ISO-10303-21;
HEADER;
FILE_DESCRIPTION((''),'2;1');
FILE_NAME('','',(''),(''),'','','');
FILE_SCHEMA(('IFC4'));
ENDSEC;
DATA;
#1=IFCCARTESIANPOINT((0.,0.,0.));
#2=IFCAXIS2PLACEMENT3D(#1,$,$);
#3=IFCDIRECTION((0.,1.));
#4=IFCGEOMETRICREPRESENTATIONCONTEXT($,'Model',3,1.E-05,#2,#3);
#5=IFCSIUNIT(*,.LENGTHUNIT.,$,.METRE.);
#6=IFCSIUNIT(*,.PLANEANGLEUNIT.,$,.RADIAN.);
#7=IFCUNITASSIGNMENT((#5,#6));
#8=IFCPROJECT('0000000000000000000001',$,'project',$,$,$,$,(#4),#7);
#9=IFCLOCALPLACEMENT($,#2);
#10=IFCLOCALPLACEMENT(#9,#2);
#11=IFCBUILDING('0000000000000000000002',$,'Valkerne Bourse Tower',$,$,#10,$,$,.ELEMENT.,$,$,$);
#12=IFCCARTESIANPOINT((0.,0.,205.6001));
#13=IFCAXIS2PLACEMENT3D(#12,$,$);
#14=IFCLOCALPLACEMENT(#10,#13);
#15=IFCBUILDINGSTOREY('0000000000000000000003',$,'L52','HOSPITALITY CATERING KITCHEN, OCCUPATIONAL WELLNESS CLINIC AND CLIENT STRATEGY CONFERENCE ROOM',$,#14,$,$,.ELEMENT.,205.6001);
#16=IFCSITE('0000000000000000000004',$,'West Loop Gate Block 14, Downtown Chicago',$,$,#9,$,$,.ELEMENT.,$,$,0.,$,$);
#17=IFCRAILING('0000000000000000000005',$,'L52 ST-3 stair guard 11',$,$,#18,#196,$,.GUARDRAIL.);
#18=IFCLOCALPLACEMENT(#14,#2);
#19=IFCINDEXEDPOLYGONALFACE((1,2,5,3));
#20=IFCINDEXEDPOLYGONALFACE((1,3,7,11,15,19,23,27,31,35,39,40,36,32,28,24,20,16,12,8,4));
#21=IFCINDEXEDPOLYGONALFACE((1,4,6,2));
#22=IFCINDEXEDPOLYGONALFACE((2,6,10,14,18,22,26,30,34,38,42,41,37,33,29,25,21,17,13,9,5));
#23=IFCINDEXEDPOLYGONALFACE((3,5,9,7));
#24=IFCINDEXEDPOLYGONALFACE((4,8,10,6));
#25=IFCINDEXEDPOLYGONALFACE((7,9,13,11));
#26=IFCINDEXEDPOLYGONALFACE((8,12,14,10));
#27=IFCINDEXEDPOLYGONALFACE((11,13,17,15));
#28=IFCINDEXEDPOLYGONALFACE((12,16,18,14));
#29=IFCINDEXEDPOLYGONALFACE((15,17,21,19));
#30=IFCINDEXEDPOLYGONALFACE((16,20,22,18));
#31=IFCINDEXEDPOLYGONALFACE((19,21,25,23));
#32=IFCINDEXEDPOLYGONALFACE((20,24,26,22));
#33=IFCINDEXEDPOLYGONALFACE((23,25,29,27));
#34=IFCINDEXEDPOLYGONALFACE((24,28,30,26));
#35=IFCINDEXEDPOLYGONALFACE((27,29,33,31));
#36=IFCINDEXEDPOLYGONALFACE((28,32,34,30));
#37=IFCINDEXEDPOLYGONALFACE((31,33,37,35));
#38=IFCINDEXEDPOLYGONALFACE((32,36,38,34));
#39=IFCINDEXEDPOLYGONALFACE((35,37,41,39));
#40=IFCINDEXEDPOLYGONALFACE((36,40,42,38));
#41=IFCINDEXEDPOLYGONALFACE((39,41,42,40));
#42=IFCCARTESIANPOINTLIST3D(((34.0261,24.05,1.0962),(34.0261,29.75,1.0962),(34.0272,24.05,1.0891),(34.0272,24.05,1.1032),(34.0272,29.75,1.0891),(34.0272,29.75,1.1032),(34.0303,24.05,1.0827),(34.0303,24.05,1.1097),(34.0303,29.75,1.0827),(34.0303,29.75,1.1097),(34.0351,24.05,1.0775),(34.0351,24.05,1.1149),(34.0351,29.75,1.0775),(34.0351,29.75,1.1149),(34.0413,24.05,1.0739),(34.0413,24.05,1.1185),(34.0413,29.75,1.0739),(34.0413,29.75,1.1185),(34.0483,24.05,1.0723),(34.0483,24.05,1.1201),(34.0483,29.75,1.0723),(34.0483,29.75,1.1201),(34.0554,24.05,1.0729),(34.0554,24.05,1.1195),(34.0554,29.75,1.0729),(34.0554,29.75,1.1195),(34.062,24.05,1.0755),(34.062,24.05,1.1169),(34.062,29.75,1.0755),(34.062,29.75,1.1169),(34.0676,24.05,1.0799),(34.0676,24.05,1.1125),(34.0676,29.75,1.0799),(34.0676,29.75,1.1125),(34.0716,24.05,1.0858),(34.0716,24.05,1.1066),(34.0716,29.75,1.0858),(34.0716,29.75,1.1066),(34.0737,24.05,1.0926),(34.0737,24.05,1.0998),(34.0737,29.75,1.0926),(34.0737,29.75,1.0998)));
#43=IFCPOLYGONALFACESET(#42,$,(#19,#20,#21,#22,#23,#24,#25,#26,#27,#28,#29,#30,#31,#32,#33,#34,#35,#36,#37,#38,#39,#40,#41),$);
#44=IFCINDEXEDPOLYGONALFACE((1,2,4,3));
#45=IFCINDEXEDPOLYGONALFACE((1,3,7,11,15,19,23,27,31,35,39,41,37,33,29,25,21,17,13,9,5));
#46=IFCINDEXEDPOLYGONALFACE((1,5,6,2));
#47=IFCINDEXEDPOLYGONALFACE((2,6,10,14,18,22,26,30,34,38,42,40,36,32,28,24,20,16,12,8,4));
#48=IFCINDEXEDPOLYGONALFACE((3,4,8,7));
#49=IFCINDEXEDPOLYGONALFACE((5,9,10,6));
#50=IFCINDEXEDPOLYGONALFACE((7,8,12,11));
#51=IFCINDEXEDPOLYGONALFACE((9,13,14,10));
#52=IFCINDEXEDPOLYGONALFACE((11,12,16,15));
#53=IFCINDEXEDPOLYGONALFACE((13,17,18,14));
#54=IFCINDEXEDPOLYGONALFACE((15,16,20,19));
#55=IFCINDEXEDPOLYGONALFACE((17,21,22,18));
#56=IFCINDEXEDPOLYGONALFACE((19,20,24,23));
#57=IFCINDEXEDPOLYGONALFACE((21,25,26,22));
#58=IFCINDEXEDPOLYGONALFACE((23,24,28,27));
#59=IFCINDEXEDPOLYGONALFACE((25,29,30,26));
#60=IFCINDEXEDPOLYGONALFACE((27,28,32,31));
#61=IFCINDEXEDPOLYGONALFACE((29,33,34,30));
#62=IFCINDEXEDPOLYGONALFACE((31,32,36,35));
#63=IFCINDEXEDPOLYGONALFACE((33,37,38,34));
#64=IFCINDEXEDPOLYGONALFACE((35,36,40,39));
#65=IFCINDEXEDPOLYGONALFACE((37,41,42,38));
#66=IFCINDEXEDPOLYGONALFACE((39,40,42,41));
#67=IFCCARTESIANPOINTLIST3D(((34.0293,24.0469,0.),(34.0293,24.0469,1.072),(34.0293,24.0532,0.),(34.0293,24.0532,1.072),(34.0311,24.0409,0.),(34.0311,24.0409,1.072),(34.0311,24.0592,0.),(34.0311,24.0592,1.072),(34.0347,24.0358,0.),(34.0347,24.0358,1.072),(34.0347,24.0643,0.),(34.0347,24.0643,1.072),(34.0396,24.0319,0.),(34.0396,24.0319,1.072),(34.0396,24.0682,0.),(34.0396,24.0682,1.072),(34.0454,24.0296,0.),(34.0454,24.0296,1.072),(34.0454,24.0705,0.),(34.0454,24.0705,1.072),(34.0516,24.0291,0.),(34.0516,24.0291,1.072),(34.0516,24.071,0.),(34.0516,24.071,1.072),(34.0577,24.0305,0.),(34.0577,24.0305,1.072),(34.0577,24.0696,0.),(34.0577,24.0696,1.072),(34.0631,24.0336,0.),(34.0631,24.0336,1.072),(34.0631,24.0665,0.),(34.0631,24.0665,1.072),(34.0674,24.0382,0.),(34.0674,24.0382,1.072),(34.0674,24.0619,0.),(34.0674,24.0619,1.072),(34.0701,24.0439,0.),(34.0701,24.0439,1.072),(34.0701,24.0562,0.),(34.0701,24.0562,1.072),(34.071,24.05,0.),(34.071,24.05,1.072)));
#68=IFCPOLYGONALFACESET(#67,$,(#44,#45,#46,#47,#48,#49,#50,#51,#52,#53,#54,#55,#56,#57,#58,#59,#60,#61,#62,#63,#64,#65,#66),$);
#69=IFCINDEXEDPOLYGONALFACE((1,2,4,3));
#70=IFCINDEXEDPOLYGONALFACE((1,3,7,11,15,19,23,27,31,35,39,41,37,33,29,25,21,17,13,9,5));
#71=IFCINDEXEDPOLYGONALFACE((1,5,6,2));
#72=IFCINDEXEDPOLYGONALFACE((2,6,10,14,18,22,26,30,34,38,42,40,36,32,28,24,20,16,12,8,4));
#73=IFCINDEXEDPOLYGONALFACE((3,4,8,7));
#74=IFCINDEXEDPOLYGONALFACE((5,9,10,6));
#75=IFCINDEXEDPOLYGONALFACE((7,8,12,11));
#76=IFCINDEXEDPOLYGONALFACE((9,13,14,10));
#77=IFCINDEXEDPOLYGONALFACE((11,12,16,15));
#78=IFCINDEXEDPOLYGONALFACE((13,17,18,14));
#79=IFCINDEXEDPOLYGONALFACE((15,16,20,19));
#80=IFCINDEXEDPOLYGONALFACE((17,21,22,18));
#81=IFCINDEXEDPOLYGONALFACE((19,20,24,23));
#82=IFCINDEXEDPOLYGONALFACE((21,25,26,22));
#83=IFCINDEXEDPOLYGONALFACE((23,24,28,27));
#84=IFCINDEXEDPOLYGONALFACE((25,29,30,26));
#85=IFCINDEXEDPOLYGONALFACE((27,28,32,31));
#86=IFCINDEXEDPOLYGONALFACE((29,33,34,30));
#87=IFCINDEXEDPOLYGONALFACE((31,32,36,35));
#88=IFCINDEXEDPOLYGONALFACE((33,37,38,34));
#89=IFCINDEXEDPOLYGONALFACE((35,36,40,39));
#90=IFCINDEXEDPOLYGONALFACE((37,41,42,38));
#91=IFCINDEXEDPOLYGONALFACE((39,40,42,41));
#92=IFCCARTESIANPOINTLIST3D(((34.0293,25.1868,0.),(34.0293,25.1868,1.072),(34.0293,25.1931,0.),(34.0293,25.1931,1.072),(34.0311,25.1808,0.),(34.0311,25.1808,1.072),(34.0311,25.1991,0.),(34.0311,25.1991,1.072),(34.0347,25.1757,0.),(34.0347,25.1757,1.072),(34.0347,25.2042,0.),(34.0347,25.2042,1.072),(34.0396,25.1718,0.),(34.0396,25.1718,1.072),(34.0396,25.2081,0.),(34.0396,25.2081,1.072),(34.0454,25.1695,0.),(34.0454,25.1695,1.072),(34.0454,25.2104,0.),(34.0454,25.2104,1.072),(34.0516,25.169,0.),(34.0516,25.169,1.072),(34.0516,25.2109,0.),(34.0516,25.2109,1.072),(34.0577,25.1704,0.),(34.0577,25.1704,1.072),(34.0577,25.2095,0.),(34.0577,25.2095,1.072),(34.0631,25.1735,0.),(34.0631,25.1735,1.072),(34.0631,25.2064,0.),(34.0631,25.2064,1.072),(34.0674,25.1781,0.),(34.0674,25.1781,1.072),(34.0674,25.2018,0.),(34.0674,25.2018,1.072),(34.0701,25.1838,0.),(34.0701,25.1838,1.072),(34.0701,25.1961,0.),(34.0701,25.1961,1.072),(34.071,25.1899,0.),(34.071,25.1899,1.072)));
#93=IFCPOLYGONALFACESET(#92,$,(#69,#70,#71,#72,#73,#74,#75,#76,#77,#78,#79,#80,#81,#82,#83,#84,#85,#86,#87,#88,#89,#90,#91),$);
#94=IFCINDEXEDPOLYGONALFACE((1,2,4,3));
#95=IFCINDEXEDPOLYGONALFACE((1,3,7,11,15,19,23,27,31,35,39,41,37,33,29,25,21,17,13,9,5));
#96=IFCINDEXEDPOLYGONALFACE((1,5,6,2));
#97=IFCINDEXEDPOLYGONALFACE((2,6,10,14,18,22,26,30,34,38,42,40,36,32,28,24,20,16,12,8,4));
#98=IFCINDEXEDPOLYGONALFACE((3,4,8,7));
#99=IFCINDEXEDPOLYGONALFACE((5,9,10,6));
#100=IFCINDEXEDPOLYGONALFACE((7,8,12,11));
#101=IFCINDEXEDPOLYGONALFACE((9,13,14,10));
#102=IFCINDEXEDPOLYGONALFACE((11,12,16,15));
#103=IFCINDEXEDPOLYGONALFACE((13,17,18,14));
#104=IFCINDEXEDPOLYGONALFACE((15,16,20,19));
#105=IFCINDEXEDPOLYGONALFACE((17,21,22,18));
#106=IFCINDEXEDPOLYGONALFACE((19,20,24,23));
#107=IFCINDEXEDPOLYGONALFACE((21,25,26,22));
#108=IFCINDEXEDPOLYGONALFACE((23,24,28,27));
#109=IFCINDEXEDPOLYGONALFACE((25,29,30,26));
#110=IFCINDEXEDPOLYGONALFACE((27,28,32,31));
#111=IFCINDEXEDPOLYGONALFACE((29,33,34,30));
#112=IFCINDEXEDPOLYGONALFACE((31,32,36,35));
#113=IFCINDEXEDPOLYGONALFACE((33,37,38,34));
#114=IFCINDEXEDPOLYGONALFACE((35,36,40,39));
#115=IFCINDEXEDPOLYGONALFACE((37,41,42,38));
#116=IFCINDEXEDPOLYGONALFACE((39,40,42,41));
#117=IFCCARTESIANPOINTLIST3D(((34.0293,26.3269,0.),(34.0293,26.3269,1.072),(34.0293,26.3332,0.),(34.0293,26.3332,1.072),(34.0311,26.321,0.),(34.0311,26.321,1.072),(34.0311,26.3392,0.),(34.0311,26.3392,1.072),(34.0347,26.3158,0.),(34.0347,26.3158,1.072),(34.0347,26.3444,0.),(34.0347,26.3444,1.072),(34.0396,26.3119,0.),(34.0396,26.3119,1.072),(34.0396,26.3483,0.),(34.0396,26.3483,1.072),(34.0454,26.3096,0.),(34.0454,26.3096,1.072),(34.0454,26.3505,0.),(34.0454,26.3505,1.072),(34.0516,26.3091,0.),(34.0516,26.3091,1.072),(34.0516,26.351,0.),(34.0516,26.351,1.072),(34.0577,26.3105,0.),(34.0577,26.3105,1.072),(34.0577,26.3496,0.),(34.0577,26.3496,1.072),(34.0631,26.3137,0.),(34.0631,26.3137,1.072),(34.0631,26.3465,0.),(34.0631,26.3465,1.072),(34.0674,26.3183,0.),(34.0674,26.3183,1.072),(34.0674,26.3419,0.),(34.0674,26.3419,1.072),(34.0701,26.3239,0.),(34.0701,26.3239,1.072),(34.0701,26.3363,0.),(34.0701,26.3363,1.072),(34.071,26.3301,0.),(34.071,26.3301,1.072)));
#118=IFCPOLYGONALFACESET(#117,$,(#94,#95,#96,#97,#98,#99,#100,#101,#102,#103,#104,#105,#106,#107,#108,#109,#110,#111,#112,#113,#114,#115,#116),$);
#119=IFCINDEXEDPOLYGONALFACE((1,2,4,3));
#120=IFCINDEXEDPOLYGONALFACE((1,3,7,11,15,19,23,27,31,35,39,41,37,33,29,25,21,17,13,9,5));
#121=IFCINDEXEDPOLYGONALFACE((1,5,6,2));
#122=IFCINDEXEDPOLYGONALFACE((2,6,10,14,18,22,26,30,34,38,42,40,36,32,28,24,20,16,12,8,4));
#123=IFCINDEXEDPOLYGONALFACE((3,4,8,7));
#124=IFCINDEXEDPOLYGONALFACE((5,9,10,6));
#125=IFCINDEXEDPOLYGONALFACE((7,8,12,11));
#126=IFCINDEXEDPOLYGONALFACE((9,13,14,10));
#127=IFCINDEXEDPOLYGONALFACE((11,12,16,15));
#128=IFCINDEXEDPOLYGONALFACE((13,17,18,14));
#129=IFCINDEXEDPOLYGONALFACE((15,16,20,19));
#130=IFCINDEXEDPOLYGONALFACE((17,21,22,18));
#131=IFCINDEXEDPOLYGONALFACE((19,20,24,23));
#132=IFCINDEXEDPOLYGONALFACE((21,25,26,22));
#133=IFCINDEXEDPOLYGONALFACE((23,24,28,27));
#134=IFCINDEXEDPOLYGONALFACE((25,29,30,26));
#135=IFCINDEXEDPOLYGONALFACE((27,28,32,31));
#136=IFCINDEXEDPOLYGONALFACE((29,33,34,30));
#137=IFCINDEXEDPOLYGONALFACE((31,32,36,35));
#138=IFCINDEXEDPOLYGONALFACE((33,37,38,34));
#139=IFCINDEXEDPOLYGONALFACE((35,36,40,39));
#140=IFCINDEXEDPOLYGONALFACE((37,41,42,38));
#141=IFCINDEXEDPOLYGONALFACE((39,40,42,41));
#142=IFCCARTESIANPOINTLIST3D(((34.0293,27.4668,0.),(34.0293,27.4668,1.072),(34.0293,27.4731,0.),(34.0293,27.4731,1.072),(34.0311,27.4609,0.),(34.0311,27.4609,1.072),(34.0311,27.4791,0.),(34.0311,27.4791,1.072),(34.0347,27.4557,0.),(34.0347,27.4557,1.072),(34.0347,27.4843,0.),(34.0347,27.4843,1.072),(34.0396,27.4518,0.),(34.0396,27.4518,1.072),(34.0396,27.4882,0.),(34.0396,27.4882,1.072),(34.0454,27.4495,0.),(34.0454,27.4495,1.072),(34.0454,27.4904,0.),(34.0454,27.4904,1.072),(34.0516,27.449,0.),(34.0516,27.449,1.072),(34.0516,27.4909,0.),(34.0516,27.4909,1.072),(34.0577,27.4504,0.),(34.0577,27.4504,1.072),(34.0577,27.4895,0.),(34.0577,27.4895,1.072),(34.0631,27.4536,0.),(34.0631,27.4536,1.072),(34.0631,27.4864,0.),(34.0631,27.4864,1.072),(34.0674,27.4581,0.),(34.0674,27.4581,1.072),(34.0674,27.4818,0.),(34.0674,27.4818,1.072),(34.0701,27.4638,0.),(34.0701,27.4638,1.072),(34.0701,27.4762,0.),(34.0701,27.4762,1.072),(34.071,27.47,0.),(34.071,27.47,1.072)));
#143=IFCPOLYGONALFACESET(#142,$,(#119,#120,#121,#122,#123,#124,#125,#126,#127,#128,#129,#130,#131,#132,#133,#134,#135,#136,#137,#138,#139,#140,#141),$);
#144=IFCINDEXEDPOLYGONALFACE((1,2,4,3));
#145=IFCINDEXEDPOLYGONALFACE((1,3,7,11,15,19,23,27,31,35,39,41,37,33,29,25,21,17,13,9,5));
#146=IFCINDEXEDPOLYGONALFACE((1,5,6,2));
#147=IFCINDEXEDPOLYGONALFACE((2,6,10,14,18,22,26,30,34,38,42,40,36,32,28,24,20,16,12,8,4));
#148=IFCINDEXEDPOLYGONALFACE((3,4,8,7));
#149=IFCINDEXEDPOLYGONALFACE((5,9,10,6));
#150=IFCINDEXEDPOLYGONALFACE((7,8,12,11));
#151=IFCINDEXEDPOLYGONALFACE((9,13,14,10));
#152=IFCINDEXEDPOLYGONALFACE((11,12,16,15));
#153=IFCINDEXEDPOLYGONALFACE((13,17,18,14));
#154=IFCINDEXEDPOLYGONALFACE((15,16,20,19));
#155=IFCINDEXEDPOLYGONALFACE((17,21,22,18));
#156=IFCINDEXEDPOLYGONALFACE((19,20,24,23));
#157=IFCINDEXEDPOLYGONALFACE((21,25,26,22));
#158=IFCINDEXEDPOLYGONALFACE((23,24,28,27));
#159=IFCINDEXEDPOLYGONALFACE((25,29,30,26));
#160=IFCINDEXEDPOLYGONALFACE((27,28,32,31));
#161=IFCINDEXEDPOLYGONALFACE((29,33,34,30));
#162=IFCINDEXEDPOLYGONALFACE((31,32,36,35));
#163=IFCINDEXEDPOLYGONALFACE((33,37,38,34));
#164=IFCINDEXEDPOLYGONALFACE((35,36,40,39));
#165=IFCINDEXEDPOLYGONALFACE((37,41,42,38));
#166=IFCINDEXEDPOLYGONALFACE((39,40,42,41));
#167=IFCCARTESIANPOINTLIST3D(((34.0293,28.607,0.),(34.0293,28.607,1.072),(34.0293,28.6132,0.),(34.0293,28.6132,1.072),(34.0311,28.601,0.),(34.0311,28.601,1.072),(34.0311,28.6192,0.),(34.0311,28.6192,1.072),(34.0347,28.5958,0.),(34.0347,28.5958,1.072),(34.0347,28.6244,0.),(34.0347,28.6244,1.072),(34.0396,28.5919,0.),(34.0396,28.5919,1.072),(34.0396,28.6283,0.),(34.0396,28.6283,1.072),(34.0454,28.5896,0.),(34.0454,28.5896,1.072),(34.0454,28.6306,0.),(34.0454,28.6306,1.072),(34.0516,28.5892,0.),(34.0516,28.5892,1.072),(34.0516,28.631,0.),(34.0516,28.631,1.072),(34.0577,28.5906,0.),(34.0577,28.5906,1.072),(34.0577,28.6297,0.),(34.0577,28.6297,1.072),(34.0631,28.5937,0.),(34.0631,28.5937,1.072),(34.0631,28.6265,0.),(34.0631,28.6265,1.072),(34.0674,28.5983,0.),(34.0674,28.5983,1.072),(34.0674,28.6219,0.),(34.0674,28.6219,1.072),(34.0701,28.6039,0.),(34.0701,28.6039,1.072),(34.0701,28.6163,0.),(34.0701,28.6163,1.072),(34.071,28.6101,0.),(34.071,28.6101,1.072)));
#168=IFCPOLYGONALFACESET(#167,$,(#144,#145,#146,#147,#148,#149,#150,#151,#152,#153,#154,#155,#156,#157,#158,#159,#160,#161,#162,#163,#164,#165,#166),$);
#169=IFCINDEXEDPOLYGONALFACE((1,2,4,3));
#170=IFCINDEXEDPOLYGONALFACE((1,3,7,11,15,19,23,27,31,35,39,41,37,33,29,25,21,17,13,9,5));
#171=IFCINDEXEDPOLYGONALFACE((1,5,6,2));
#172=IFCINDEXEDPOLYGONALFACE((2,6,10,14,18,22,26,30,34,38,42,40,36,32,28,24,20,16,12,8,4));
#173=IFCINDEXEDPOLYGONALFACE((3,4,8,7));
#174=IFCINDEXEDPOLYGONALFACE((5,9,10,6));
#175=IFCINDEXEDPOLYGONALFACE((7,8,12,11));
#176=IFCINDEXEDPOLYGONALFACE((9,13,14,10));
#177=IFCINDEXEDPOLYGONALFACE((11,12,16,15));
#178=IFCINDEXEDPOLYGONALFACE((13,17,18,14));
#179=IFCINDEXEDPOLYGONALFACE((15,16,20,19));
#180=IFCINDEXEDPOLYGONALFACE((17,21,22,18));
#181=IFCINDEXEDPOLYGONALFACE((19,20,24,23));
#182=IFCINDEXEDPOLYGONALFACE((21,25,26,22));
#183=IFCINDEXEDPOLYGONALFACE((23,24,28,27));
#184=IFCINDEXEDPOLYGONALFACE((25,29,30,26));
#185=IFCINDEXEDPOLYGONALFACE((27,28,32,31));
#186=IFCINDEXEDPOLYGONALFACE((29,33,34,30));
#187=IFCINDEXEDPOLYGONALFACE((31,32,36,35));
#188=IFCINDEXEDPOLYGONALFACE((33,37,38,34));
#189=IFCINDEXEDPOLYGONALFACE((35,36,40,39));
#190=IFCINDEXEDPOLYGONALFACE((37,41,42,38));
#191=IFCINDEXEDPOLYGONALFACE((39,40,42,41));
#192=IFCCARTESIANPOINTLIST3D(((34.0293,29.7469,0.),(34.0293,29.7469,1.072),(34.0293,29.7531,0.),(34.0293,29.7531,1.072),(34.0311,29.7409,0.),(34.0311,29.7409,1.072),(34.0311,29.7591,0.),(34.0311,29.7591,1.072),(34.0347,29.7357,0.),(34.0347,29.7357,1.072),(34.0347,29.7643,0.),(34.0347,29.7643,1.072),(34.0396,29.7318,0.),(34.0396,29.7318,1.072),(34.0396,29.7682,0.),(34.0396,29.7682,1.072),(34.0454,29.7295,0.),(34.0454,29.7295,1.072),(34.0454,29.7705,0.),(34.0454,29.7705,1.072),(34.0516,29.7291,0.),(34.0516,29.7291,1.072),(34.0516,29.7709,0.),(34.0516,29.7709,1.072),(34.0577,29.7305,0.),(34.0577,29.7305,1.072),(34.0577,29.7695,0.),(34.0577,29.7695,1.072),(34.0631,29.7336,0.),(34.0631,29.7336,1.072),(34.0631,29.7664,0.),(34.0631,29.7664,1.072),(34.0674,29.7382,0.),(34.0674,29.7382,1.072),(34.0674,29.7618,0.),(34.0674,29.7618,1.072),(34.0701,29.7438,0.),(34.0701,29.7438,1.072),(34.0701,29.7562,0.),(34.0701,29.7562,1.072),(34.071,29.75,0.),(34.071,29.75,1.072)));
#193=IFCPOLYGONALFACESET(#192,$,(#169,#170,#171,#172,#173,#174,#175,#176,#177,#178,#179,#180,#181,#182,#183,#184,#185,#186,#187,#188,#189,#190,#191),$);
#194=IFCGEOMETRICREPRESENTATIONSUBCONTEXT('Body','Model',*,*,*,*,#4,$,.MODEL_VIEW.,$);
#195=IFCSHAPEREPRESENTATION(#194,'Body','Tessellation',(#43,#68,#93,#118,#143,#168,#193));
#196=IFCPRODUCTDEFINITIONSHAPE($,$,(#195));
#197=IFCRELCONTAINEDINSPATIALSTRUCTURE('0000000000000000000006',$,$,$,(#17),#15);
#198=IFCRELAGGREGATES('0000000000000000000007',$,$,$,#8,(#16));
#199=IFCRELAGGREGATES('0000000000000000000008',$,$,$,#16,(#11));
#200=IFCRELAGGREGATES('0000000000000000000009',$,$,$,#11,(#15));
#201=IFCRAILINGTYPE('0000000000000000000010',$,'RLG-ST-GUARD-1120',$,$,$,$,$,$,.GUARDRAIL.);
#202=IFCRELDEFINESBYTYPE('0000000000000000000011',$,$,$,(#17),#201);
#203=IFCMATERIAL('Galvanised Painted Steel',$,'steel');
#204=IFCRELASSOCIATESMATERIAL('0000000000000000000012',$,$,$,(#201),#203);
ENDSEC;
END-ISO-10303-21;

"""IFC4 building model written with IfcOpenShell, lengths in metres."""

from ifc_helpers import new_model, si_unit, direction, frame, origin, origin_2d, place, context, subcontext, project, spatial, circle, extrude, material, type_object, element, save


model = new_model("IFC4")

# Units and contexts
model_context = context("Model", 3, precision=1e-05, world=origin(), true_north=direction((0.0, 1.0)))
body_context = subcontext(model_context, "Body", "Model", "MODEL_VIEW")
ifc_project = project(units=[si_unit("LENGTHUNIT", "METRE"), si_unit("PLANEANGLEUNIT", "RADIAN")], contexts=[model_context])

# Site, building, storey
site_placement = place(None, origin())
site = spatial("IfcSite", under=ifc_project, at=site_placement, Name="West Loop Gate Block 14, Downtown Chicago", CompositionType="ELEMENT", RefElevation=0.0)
building_placement = place(site_placement, origin())
building = spatial("IfcBuilding", under=site, at=building_placement, Name="Valkerne Bourse Tower", CompositionType="ELEMENT")
storey_placement = place(building_placement, frame((0.0, 0.0, 205.6001)))
storey = spatial("IfcBuildingStorey", under=building, at=storey_placement, Name="L52", Description="HOSPITALITY CATERING KITCHEN, OCCUPATIONAL WELLNESS CLINIC AND CLIENT STRATEGY CONFERENCE ROOM", CompositionType="ELEMENT", Elevation=205.6001)

# Railing
ifc_material_1 = material(Name="Galvanised Painted Steel", Category="steel")
railing_type_1 = type_object("IfcRailingType", Name="RLG-ST-GUARD-1120", PredefinedType="GUARDRAIL", material=ifc_material_1)
for number, where, name in (
    (1, (34.05, 24.05, 0.0), "L52 ST-3 stair guard 11"),
):
    element("IfcRailing", number, at=place(storey_placement, frame(where)), inside=storey, type_object=railing_type_1, Name=name, PredefinedType="GUARDRAIL", context=body_context, shape_type="SweptSolid", body=[
        extrude(circle(Radius=0.0239, at=origin_2d()), frame((0.0, 0.0, 1.0962), z_axis=(0.0, 1.0, 0.0), x_axis=(-1.0, 0.0, 0.0)), (0.0, 0.0, 1.0), 5.7),
        extrude(circle(Radius=0.021, at=origin_2d()), origin(), (0.0, 0.0, 1.0), 1.072),
        extrude(circle(Radius=0.021, at=origin_2d()), frame((0.0, 1.1399, 0.0)), (0.0, 0.0, 1.0), 1.072),
        extrude(circle(Radius=0.021, at=origin_2d()), frame((0.0, 2.28, 0.0)), (0.0, 0.0, 1.0), 1.072),
        extrude(circle(Radius=0.021, at=origin_2d()), frame((0.0, 3.4199, 0.0)), (0.0, 0.0, 1.0), 1.072),
        extrude(circle(Radius=0.021, at=origin_2d()), frame((0.0, 4.5601, 0.0)), (0.0, 0.0, 1.0), 1.072),
        extrude(circle(Radius=0.021, at=origin_2d()), frame((0.0, 5.7, 0.0)), (0.0, 0.0, 1.0), 1.072),
    ])

save(model, "model.ifc")
